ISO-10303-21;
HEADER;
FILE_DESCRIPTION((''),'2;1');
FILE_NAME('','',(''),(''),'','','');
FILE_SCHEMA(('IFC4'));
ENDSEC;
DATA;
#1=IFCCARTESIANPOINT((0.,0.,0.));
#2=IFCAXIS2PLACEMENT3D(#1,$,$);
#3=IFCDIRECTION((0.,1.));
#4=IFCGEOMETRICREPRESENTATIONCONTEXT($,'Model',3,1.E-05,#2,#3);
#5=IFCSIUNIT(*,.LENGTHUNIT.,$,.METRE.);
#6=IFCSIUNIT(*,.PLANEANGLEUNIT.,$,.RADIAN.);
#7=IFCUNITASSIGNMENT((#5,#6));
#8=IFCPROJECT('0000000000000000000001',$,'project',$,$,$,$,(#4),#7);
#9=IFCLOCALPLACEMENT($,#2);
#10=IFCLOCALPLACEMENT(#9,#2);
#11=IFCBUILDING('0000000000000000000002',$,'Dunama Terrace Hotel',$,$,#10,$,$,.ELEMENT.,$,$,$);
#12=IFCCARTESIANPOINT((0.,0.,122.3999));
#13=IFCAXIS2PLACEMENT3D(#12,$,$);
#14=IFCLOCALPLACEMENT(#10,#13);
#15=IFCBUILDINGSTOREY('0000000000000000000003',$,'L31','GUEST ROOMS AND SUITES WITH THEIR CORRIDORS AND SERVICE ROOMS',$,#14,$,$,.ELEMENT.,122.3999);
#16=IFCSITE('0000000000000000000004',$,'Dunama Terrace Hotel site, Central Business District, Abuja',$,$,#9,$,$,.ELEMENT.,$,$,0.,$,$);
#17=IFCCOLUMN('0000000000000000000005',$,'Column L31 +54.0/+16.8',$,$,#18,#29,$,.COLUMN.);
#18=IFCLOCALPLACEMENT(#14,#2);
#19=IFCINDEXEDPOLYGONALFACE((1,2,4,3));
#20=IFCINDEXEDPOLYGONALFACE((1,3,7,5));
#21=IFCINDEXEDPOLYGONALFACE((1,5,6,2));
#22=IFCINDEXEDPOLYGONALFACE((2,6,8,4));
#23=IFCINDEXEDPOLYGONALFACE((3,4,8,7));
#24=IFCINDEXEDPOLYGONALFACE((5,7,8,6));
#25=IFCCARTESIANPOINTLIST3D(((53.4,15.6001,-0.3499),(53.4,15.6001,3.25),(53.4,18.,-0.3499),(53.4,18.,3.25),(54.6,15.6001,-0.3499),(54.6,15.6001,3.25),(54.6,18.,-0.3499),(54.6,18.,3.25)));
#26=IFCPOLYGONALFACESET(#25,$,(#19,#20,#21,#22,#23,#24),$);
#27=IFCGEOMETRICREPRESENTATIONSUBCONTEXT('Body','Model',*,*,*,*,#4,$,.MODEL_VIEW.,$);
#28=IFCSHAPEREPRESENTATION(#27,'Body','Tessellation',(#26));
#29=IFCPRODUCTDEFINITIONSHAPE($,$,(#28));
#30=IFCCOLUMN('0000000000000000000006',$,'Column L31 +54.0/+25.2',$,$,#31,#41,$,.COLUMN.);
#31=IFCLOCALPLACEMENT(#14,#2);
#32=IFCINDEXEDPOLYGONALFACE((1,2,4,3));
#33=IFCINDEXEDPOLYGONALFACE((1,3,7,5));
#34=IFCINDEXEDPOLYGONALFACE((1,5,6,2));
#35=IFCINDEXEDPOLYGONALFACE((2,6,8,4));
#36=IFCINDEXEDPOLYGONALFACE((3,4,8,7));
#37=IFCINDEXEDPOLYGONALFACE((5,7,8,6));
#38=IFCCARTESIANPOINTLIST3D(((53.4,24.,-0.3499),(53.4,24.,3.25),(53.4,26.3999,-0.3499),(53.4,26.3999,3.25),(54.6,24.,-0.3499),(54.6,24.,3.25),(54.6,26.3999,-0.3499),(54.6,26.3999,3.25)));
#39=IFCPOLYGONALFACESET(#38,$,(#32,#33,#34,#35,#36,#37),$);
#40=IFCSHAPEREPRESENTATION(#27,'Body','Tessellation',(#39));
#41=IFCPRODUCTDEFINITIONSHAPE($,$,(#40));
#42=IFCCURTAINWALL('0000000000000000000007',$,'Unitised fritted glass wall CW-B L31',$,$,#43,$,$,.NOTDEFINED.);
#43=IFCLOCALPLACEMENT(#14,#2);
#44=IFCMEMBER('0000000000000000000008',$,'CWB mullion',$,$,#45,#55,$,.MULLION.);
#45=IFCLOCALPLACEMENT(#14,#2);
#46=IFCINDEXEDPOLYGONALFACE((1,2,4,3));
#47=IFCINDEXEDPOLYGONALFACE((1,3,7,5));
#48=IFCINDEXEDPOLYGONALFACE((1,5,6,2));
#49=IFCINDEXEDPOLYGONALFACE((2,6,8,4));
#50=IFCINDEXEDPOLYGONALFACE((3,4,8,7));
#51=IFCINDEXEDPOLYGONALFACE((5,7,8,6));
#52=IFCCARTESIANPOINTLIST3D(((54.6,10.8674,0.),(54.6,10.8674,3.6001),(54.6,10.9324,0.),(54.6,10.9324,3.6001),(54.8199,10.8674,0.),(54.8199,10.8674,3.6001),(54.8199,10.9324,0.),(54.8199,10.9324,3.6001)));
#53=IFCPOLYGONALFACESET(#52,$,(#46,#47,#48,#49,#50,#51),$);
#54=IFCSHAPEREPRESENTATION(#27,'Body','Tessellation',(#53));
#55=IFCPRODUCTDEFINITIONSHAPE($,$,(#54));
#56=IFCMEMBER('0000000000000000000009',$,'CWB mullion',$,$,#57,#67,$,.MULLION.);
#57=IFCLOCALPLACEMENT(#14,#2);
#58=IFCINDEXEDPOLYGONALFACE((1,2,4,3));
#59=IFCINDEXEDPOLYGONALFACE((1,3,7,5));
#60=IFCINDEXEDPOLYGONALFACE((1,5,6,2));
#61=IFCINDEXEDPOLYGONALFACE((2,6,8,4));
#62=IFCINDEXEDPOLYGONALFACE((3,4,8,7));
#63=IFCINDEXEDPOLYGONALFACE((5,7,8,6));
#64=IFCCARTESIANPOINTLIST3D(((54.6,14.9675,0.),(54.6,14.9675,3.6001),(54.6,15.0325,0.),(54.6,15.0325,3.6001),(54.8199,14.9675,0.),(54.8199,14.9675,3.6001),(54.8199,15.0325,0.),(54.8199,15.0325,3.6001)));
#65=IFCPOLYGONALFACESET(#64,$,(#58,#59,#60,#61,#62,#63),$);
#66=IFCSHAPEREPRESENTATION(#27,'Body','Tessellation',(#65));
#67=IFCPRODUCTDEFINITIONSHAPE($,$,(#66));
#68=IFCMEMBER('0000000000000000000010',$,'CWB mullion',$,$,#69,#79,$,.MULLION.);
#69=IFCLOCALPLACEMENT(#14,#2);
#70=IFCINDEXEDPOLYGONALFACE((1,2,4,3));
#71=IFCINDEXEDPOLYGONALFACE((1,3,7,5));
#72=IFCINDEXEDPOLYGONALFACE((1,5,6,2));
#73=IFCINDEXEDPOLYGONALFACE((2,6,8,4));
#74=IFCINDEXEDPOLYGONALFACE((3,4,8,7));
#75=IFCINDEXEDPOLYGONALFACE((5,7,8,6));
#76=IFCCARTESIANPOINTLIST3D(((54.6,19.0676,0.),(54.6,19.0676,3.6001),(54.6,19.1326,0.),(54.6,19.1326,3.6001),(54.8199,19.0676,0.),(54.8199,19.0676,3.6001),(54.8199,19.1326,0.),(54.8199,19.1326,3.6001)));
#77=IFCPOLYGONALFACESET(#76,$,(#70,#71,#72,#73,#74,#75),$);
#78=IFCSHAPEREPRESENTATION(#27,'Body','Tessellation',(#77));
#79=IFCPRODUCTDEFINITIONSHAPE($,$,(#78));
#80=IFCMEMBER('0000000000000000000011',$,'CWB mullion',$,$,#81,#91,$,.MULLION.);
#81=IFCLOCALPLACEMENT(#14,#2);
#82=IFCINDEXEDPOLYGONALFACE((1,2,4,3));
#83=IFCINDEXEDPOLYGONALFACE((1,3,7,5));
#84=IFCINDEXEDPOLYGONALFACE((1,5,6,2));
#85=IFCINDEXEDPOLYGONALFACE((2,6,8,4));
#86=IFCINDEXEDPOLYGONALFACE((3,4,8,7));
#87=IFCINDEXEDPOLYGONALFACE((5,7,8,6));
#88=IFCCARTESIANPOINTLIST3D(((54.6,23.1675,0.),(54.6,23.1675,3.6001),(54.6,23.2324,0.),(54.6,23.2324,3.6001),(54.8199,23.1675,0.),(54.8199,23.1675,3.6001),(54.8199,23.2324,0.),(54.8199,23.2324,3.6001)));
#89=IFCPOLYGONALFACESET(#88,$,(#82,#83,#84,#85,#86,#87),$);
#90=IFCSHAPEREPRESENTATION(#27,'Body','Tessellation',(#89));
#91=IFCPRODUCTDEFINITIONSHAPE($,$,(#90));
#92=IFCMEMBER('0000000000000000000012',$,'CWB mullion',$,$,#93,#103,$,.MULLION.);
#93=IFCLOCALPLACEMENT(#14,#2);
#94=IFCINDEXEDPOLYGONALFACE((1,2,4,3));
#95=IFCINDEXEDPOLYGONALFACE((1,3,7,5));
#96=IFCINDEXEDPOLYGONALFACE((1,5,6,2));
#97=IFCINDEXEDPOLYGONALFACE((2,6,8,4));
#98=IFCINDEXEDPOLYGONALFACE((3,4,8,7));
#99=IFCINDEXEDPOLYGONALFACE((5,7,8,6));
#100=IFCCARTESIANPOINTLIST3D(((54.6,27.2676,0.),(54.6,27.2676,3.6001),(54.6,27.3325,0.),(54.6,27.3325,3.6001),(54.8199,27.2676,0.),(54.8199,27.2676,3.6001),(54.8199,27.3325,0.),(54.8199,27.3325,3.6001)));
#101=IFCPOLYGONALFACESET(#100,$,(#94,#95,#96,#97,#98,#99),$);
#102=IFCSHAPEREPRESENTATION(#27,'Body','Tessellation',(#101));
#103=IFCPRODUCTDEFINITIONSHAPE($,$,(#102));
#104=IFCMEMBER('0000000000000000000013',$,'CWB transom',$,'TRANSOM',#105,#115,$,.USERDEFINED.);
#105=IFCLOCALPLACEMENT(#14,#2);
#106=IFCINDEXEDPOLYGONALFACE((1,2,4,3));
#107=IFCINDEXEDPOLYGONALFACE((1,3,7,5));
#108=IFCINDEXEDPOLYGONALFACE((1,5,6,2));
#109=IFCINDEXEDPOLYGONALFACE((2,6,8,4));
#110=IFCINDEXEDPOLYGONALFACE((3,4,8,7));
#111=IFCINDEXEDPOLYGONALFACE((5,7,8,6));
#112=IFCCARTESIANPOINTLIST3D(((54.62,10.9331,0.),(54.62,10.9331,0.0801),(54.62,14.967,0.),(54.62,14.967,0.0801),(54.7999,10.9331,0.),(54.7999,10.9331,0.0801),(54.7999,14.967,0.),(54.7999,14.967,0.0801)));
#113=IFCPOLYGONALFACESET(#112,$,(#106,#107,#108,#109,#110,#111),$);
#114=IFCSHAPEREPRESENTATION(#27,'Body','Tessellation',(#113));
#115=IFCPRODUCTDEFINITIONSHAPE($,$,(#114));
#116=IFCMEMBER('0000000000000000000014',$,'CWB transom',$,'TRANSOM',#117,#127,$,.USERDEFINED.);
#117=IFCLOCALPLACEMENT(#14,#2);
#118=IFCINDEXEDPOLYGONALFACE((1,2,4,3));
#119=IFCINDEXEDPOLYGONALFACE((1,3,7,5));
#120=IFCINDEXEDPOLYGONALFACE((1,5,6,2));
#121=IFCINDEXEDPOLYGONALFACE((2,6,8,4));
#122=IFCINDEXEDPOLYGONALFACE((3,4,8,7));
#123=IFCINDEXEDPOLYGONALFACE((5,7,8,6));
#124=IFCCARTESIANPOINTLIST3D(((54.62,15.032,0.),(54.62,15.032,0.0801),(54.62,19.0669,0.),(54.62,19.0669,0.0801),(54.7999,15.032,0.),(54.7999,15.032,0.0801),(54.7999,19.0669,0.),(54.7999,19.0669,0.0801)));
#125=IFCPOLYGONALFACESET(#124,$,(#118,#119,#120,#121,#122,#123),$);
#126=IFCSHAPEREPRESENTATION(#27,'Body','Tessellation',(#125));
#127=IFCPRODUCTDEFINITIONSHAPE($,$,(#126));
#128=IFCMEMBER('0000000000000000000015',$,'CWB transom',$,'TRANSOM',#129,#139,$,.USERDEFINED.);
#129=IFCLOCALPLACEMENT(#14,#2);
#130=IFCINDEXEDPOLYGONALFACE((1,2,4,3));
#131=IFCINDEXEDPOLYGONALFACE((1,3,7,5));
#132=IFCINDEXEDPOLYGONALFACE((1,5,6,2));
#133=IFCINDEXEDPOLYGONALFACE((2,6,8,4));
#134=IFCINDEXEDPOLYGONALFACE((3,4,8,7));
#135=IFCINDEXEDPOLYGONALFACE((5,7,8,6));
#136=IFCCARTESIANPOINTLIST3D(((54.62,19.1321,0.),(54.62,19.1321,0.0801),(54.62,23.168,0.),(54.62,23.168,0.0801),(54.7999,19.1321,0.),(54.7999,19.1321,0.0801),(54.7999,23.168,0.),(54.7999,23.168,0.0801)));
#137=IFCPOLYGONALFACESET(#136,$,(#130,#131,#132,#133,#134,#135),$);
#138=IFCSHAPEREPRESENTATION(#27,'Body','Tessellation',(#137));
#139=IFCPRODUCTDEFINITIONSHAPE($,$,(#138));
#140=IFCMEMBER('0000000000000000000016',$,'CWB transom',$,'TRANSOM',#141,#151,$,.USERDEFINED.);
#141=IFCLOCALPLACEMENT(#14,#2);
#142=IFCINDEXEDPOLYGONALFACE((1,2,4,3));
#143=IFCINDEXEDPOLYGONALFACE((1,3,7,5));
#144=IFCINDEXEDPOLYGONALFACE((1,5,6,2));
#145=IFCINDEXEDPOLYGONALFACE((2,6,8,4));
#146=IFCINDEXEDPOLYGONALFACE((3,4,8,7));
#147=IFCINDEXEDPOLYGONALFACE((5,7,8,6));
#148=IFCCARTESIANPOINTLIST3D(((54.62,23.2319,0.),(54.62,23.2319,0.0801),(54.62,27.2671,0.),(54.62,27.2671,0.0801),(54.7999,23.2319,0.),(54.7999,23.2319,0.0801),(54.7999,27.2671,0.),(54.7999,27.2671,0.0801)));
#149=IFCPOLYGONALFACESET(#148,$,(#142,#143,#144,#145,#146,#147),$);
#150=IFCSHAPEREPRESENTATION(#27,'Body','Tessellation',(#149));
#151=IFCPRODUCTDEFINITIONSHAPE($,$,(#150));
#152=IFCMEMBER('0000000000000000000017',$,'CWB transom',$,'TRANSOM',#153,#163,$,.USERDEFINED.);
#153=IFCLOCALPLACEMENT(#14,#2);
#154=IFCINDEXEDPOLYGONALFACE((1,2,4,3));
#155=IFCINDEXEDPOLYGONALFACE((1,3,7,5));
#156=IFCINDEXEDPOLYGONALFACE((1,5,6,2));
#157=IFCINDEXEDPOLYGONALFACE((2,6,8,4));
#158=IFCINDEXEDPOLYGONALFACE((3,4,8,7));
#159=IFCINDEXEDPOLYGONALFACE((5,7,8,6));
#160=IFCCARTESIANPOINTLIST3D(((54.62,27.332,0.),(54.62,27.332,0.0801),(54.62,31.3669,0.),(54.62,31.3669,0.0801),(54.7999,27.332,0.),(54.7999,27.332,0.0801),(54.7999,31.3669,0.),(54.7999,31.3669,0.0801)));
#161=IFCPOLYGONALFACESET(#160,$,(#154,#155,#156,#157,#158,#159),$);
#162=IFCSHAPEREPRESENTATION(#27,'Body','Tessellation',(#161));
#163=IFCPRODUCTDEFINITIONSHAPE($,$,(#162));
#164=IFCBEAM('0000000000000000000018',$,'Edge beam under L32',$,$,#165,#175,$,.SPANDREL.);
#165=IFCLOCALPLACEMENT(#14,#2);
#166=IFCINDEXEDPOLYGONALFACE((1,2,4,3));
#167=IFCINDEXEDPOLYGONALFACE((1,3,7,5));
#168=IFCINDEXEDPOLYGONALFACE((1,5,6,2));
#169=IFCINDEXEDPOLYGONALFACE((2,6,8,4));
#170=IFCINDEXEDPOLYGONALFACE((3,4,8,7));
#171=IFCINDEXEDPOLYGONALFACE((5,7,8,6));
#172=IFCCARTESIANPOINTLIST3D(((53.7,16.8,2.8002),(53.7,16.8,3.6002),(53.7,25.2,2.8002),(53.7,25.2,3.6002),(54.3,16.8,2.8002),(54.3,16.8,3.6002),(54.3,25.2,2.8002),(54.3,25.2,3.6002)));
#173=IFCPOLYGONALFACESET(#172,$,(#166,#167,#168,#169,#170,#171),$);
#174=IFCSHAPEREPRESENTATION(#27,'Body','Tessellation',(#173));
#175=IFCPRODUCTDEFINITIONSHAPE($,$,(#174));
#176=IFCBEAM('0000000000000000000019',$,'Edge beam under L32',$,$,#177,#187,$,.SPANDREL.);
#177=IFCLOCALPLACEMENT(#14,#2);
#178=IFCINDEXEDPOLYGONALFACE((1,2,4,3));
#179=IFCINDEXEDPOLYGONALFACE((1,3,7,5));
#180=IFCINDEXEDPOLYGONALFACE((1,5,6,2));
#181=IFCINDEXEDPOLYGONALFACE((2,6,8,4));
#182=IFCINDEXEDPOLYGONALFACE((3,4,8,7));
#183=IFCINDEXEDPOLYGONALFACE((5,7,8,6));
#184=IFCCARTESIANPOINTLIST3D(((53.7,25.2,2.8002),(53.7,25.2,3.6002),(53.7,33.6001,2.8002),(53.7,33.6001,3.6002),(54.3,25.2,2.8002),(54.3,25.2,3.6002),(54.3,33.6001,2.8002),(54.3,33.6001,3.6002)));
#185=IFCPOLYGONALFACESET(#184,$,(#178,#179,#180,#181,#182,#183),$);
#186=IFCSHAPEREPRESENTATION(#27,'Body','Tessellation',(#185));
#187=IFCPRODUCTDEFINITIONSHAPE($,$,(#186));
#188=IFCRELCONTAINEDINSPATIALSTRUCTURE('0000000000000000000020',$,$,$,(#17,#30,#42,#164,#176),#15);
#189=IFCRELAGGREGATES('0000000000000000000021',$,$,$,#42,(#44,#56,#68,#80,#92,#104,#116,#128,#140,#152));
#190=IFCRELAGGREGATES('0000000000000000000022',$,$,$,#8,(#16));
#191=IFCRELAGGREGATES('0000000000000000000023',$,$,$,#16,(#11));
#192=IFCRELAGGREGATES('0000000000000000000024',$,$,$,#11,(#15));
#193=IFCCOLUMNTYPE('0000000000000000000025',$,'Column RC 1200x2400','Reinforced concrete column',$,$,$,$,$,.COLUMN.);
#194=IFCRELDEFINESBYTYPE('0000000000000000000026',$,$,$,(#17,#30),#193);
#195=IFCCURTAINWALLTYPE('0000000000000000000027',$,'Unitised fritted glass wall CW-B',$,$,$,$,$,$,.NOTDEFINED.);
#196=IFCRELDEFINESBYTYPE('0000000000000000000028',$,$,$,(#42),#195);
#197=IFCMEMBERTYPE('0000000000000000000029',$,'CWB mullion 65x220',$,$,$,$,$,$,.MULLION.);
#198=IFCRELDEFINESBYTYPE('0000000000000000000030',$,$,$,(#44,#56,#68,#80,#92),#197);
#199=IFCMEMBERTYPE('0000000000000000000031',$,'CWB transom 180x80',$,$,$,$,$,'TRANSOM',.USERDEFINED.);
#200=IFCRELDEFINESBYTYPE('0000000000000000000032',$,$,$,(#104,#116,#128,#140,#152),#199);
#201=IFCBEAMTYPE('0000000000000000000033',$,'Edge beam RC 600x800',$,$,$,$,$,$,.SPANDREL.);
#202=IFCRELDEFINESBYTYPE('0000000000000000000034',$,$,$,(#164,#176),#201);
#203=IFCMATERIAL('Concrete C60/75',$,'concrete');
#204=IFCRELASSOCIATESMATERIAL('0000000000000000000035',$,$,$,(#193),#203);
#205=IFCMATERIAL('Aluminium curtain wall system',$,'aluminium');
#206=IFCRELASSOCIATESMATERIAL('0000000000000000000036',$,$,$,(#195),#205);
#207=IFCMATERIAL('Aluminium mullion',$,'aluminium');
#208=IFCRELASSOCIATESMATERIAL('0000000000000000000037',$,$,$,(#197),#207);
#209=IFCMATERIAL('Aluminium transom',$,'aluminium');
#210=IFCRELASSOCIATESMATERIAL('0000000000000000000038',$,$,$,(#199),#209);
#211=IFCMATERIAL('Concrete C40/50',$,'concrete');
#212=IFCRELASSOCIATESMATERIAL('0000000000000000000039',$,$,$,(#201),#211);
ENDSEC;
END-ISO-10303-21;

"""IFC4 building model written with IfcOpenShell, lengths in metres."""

from ifc_helpers import new_model, si_unit, direction, frame, origin, origin_2d, place, context, subcontext, project, spatial, rectangle, extrude, material, material_profile, profile_set, type_object, element, aggregate, save


model = new_model("IFC4")

# Units and contexts
model_context = context("Model", 3, precision=1e-05, world=origin(), true_north=direction((0.0, 1.0)))
body_context = subcontext(model_context, "Body", "Model", "MODEL_VIEW")
ifc_project = project(units=[si_unit("LENGTHUNIT", "METRE"), si_unit("PLANEANGLEUNIT", "RADIAN")], contexts=[model_context])

# Site, building, storey
site_placement = place(None, origin())
site = spatial("IfcSite", under=ifc_project, at=site_placement, Name="Dunama Terrace Hotel site, Central Business District, Abuja", CompositionType="ELEMENT", RefElevation=0.0)
building_placement = place(site_placement, origin())
building = spatial("IfcBuilding", under=site, at=building_placement, Name="Dunama Terrace Hotel", CompositionType="ELEMENT")
storey_placement = place(building_placement, frame((0.0, 0.0, 122.3999)))
storey = spatial("IfcBuildingStorey", under=building, at=storey_placement, Name="L31", Description="GUEST ROOMS AND SUITES WITH THEIR CORRIDORS AND SERVICE ROOMS", CompositionType="ELEMENT", Elevation=122.3999)

# Columns
ifc_material_1 = material(Name="Concrete C60/75", Category="concrete")
ifc_material_profile_1 = material_profile(ifc_material_1, rectangle(XDim=1.2, YDim=2.3999, at=origin_2d()), Name="RC 1200x2400")
ifc_profile_set_1 = profile_set([ifc_material_profile_1], Name="Concrete C60/75")
column_type = type_object("IfcColumnType", Name="Column RC 1200x2400", Description="Reinforced concrete column", PredefinedType="COLUMN", material=ifc_profile_set_1)
for number, where, z_axis, x_axis, name in (
    (1, (54.0, 16.8, -0.3499), (0.0, 0.0, 1.0), (1.0, 0.0, 0.0), "Column L31 +54.0/+16.8"),
    (2, (54.0, 25.2, -0.3499), (0.0, 0.0, 1.0), (1.0, 0.0, 0.0), "Column L31 +54.0/+25.2"),
):
    element("IfcColumn", number, at=place(storey_placement, frame(where, z_axis=z_axis, x_axis=x_axis)), inside=storey, type_object=column_type, Name=name, PredefinedType="COLUMN", context=body_context, shape_type="SweptSolid", body=[
        extrude(rectangle(XDim=1.2, YDim=2.3999, at=origin_2d()), origin(), (0.0, 0.0, 1.0), 3.5999),
    ])

# Curtain wall, members
ifc_material_2 = material(Name="Aluminium curtain wall system", Category="aluminium")
curtain_wall_type = type_object("IfcCurtainWallType", Name="Unitised fritted glass wall CW-B", PredefinedType="NOTDEFINED", material=ifc_material_2)
curtain_wall_placement = place(storey_placement, origin())
curtain_wall = element("IfcCurtainWall", 3, at=curtain_wall_placement, inside=storey, type_object=curtain_wall_type, Name="Unitised fritted glass wall CW-B L31", PredefinedType="NOTDEFINED")
ifc_material_3 = material(Name="Aluminium mullion", Category="aluminium")
ifc_material_profile_2 = material_profile(ifc_material_3, rectangle(XDim=0.0649, YDim=0.22, at=origin_2d()), Name="CWB MULLION 65X220")
ifc_profile_set_2 = profile_set([ifc_material_profile_2], Name="Aluminium mullion")
member_type_1 = type_object("IfcMemberType", Name="CWB mullion 65x220", PredefinedType="MULLION", material=ifc_profile_set_2)
member_1_placement = place(storey_placement, frame((54.71, 10.8999, 0.0), z_axis=(0.0, 0.0, 1.0), x_axis=(0.0, 1.0, 0.0)))
member_1 = element("IfcMember", 4, at=member_1_placement, type_object=member_type_1, Name="CWB mullion", PredefinedType="MULLION", context=body_context, shape_type="SweptSolid", body=[
    extrude(rectangle(XDim=0.0649, YDim=0.22, at=origin_2d()), origin(), (0.0, 0.0, 1.0), 3.6001),
])
member_2_placement = place(storey_placement, frame((54.71, 15.0, 0.0), z_axis=(0.0, 0.0, 1.0), x_axis=(0.0, 1.0, 0.0)))
member_2 = element("IfcMember", 5, at=member_2_placement, type_object=member_type_1, Name="CWB mullion", PredefinedType="MULLION", context=body_context, shape_type="SweptSolid", body=[
    extrude(rectangle(XDim=0.0649, YDim=0.22, at=origin_2d()), origin(), (0.0, 0.0, 1.0), 3.6001),
])
member_3_placement = place(storey_placement, frame((54.71, 19.1001, 0.0), z_axis=(0.0, 0.0, 1.0), x_axis=(0.0, 1.0, 0.0)))
member_3 = element("IfcMember", 6, at=member_3_placement, type_object=member_type_1, Name="CWB mullion", PredefinedType="MULLION", context=body_context, shape_type="SweptSolid", body=[
    extrude(rectangle(XDim=0.0649, YDim=0.22, at=origin_2d()), origin(), (0.0, 0.0, 1.0), 3.6001),
])
member_4_placement = place(storey_placement, frame((54.71, 23.2, 0.0), z_axis=(0.0, 0.0, 1.0), x_axis=(0.0, 1.0, 0.0)))
member_4 = element("IfcMember", 7, at=member_4_placement, type_object=member_type_1, Name="CWB mullion", PredefinedType="MULLION", context=body_context, shape_type="SweptSolid", body=[
    extrude(rectangle(XDim=0.0649, YDim=0.22, at=origin_2d()), origin(), (0.0, 0.0, 1.0), 3.6001),
])
member_5_placement = place(storey_placement, frame((54.71, 27.3, 0.0), z_axis=(0.0, 0.0, 1.0), x_axis=(0.0, 1.0, 0.0)))
member_5 = element("IfcMember", 8, at=member_5_placement, type_object=member_type_1, Name="CWB mullion", PredefinedType="MULLION", context=body_context, shape_type="SweptSolid", body=[
    extrude(rectangle(XDim=0.0649, YDim=0.22, at=origin_2d()), origin(), (0.0, 0.0, 1.0), 3.6001),
])
ifc_material_4 = material(Name="Aluminium transom", Category="aluminium")
ifc_material_profile_3 = material_profile(ifc_material_4, rectangle(XDim=0.1799, YDim=0.0801, at=origin_2d()), Name="CWB TRANSOM 180X80")
ifc_profile_set_3 = profile_set([ifc_material_profile_3], Name="Aluminium transom")
member_type_2 = type_object("IfcMemberType", Name="CWB transom 180x80", ElementType="TRANSOM", PredefinedType="USERDEFINED", material=ifc_profile_set_3)
member_6_placement = place(storey_placement, frame((54.71, 10.9331, 0.04), z_axis=(0.0, 1.0, 0.0), x_axis=(-1.0, 0.0, 0.0)))
member_6 = element("IfcMember", 9, at=member_6_placement, type_object=member_type_2, Name="CWB transom", ObjectType="TRANSOM", PredefinedType="USERDEFINED", context=body_context, shape_type="SweptSolid", body=[
    extrude(rectangle(XDim=0.1799, YDim=0.0801, at=origin_2d()), origin(), (0.0, 0.0, 1.0), 4.0339),
])
member_7_placement = place(storey_placement, frame((54.71, 15.032, 0.04), z_axis=(0.0, 1.0, 0.0), x_axis=(-1.0, 0.0, 0.0)))
member_7 = element("IfcMember", 10, at=member_7_placement, type_object=member_type_2, Name="CWB transom", ObjectType="TRANSOM", PredefinedType="USERDEFINED", context=body_context, shape_type="SweptSolid", body=[
    extrude(rectangle(XDim=0.1799, YDim=0.0801, at=origin_2d()), origin(), (0.0, 0.0, 1.0), 4.0349),
])
member_8_placement = place(storey_placement, frame((54.71, 19.1321, 0.04), z_axis=(0.0, 1.0, 0.0), x_axis=(-1.0, 0.0, 0.0)))
member_8 = element("IfcMember", 11, at=member_8_placement, type_object=member_type_2, Name="CWB transom", ObjectType="TRANSOM", PredefinedType="USERDEFINED", context=body_context, shape_type="SweptSolid", body=[
    extrude(rectangle(XDim=0.1799, YDim=0.0801, at=origin_2d()), origin(), (0.0, 0.0, 1.0), 4.0359),
])
member_9_placement = place(storey_placement, frame((54.71, 23.2319, 0.04), z_axis=(0.0, 1.0, 0.0), x_axis=(-1.0, 0.0, 0.0)))
member_9 = element("IfcMember", 12, at=member_9_placement, type_object=member_type_2, Name="CWB transom", ObjectType="TRANSOM", PredefinedType="USERDEFINED", context=body_context, shape_type="SweptSolid", body=[
    extrude(rectangle(XDim=0.1799, YDim=0.0801, at=origin_2d()), origin(), (0.0, 0.0, 1.0), 4.0352),
])
member_10_placement = place(storey_placement, frame((54.71, 27.332, 0.04), z_axis=(0.0, 1.0, 0.0), x_axis=(-1.0, 0.0, 0.0)))
member_10 = element("IfcMember", 13, at=member_10_placement, type_object=member_type_2, Name="CWB transom", ObjectType="TRANSOM", PredefinedType="USERDEFINED", context=body_context, shape_type="SweptSolid", body=[
    extrude(rectangle(XDim=0.1799, YDim=0.0801, at=origin_2d()), origin(), (0.0, 0.0, 1.0), 4.0349),
])

# Beams
ifc_material_5 = material(Name="Concrete C40/50", Category="concrete")
ifc_material_profile_4 = material_profile(ifc_material_5, rectangle(XDim=0.6001, YDim=0.8, at=origin_2d()), Name="RC 600x800")
ifc_profile_set_4 = profile_set([ifc_material_profile_4], Name="Concrete C40/50")
beam_type = type_object("IfcBeamType", Name="Edge beam RC 600x800", PredefinedType="SPANDREL", material=ifc_profile_set_4)
beam_1_placement = place(storey_placement, frame((54.0, 16.8, 3.2002), z_axis=(0.0, 1.0, 0.0), x_axis=(-1.0, 0.0, 0.0)))
element("IfcBeam", 14, at=beam_1_placement, inside=storey, type_object=beam_type, Name="Edge beam under L32", PredefinedType="SPANDREL", context=body_context, shape_type="SweptSolid", body=[
    extrude(rectangle(XDim=0.6001, YDim=0.8, at=origin_2d()), origin(), (0.0, 0.0, 1.0), 8.3999),
])
beam_2_placement = place(storey_placement, frame((54.0, 25.2, 3.2002), z_axis=(0.0, 1.0, 0.0), x_axis=(-1.0, 0.0, 0.0)))
element("IfcBeam", 15, at=beam_2_placement, inside=storey, type_object=beam_type, Name="Edge beam under L32", PredefinedType="SPANDREL", context=body_context, shape_type="SweptSolid", body=[
    extrude(rectangle(XDim=0.6001, YDim=0.8, at=origin_2d()), origin(), (0.0, 0.0, 1.0), 8.4001),
])

aggregate(curtain_wall, [member_1, member_2, member_3, member_4, member_5, member_6, member_7, member_8, member_9, member_10])

save(model, "model.ifc")
